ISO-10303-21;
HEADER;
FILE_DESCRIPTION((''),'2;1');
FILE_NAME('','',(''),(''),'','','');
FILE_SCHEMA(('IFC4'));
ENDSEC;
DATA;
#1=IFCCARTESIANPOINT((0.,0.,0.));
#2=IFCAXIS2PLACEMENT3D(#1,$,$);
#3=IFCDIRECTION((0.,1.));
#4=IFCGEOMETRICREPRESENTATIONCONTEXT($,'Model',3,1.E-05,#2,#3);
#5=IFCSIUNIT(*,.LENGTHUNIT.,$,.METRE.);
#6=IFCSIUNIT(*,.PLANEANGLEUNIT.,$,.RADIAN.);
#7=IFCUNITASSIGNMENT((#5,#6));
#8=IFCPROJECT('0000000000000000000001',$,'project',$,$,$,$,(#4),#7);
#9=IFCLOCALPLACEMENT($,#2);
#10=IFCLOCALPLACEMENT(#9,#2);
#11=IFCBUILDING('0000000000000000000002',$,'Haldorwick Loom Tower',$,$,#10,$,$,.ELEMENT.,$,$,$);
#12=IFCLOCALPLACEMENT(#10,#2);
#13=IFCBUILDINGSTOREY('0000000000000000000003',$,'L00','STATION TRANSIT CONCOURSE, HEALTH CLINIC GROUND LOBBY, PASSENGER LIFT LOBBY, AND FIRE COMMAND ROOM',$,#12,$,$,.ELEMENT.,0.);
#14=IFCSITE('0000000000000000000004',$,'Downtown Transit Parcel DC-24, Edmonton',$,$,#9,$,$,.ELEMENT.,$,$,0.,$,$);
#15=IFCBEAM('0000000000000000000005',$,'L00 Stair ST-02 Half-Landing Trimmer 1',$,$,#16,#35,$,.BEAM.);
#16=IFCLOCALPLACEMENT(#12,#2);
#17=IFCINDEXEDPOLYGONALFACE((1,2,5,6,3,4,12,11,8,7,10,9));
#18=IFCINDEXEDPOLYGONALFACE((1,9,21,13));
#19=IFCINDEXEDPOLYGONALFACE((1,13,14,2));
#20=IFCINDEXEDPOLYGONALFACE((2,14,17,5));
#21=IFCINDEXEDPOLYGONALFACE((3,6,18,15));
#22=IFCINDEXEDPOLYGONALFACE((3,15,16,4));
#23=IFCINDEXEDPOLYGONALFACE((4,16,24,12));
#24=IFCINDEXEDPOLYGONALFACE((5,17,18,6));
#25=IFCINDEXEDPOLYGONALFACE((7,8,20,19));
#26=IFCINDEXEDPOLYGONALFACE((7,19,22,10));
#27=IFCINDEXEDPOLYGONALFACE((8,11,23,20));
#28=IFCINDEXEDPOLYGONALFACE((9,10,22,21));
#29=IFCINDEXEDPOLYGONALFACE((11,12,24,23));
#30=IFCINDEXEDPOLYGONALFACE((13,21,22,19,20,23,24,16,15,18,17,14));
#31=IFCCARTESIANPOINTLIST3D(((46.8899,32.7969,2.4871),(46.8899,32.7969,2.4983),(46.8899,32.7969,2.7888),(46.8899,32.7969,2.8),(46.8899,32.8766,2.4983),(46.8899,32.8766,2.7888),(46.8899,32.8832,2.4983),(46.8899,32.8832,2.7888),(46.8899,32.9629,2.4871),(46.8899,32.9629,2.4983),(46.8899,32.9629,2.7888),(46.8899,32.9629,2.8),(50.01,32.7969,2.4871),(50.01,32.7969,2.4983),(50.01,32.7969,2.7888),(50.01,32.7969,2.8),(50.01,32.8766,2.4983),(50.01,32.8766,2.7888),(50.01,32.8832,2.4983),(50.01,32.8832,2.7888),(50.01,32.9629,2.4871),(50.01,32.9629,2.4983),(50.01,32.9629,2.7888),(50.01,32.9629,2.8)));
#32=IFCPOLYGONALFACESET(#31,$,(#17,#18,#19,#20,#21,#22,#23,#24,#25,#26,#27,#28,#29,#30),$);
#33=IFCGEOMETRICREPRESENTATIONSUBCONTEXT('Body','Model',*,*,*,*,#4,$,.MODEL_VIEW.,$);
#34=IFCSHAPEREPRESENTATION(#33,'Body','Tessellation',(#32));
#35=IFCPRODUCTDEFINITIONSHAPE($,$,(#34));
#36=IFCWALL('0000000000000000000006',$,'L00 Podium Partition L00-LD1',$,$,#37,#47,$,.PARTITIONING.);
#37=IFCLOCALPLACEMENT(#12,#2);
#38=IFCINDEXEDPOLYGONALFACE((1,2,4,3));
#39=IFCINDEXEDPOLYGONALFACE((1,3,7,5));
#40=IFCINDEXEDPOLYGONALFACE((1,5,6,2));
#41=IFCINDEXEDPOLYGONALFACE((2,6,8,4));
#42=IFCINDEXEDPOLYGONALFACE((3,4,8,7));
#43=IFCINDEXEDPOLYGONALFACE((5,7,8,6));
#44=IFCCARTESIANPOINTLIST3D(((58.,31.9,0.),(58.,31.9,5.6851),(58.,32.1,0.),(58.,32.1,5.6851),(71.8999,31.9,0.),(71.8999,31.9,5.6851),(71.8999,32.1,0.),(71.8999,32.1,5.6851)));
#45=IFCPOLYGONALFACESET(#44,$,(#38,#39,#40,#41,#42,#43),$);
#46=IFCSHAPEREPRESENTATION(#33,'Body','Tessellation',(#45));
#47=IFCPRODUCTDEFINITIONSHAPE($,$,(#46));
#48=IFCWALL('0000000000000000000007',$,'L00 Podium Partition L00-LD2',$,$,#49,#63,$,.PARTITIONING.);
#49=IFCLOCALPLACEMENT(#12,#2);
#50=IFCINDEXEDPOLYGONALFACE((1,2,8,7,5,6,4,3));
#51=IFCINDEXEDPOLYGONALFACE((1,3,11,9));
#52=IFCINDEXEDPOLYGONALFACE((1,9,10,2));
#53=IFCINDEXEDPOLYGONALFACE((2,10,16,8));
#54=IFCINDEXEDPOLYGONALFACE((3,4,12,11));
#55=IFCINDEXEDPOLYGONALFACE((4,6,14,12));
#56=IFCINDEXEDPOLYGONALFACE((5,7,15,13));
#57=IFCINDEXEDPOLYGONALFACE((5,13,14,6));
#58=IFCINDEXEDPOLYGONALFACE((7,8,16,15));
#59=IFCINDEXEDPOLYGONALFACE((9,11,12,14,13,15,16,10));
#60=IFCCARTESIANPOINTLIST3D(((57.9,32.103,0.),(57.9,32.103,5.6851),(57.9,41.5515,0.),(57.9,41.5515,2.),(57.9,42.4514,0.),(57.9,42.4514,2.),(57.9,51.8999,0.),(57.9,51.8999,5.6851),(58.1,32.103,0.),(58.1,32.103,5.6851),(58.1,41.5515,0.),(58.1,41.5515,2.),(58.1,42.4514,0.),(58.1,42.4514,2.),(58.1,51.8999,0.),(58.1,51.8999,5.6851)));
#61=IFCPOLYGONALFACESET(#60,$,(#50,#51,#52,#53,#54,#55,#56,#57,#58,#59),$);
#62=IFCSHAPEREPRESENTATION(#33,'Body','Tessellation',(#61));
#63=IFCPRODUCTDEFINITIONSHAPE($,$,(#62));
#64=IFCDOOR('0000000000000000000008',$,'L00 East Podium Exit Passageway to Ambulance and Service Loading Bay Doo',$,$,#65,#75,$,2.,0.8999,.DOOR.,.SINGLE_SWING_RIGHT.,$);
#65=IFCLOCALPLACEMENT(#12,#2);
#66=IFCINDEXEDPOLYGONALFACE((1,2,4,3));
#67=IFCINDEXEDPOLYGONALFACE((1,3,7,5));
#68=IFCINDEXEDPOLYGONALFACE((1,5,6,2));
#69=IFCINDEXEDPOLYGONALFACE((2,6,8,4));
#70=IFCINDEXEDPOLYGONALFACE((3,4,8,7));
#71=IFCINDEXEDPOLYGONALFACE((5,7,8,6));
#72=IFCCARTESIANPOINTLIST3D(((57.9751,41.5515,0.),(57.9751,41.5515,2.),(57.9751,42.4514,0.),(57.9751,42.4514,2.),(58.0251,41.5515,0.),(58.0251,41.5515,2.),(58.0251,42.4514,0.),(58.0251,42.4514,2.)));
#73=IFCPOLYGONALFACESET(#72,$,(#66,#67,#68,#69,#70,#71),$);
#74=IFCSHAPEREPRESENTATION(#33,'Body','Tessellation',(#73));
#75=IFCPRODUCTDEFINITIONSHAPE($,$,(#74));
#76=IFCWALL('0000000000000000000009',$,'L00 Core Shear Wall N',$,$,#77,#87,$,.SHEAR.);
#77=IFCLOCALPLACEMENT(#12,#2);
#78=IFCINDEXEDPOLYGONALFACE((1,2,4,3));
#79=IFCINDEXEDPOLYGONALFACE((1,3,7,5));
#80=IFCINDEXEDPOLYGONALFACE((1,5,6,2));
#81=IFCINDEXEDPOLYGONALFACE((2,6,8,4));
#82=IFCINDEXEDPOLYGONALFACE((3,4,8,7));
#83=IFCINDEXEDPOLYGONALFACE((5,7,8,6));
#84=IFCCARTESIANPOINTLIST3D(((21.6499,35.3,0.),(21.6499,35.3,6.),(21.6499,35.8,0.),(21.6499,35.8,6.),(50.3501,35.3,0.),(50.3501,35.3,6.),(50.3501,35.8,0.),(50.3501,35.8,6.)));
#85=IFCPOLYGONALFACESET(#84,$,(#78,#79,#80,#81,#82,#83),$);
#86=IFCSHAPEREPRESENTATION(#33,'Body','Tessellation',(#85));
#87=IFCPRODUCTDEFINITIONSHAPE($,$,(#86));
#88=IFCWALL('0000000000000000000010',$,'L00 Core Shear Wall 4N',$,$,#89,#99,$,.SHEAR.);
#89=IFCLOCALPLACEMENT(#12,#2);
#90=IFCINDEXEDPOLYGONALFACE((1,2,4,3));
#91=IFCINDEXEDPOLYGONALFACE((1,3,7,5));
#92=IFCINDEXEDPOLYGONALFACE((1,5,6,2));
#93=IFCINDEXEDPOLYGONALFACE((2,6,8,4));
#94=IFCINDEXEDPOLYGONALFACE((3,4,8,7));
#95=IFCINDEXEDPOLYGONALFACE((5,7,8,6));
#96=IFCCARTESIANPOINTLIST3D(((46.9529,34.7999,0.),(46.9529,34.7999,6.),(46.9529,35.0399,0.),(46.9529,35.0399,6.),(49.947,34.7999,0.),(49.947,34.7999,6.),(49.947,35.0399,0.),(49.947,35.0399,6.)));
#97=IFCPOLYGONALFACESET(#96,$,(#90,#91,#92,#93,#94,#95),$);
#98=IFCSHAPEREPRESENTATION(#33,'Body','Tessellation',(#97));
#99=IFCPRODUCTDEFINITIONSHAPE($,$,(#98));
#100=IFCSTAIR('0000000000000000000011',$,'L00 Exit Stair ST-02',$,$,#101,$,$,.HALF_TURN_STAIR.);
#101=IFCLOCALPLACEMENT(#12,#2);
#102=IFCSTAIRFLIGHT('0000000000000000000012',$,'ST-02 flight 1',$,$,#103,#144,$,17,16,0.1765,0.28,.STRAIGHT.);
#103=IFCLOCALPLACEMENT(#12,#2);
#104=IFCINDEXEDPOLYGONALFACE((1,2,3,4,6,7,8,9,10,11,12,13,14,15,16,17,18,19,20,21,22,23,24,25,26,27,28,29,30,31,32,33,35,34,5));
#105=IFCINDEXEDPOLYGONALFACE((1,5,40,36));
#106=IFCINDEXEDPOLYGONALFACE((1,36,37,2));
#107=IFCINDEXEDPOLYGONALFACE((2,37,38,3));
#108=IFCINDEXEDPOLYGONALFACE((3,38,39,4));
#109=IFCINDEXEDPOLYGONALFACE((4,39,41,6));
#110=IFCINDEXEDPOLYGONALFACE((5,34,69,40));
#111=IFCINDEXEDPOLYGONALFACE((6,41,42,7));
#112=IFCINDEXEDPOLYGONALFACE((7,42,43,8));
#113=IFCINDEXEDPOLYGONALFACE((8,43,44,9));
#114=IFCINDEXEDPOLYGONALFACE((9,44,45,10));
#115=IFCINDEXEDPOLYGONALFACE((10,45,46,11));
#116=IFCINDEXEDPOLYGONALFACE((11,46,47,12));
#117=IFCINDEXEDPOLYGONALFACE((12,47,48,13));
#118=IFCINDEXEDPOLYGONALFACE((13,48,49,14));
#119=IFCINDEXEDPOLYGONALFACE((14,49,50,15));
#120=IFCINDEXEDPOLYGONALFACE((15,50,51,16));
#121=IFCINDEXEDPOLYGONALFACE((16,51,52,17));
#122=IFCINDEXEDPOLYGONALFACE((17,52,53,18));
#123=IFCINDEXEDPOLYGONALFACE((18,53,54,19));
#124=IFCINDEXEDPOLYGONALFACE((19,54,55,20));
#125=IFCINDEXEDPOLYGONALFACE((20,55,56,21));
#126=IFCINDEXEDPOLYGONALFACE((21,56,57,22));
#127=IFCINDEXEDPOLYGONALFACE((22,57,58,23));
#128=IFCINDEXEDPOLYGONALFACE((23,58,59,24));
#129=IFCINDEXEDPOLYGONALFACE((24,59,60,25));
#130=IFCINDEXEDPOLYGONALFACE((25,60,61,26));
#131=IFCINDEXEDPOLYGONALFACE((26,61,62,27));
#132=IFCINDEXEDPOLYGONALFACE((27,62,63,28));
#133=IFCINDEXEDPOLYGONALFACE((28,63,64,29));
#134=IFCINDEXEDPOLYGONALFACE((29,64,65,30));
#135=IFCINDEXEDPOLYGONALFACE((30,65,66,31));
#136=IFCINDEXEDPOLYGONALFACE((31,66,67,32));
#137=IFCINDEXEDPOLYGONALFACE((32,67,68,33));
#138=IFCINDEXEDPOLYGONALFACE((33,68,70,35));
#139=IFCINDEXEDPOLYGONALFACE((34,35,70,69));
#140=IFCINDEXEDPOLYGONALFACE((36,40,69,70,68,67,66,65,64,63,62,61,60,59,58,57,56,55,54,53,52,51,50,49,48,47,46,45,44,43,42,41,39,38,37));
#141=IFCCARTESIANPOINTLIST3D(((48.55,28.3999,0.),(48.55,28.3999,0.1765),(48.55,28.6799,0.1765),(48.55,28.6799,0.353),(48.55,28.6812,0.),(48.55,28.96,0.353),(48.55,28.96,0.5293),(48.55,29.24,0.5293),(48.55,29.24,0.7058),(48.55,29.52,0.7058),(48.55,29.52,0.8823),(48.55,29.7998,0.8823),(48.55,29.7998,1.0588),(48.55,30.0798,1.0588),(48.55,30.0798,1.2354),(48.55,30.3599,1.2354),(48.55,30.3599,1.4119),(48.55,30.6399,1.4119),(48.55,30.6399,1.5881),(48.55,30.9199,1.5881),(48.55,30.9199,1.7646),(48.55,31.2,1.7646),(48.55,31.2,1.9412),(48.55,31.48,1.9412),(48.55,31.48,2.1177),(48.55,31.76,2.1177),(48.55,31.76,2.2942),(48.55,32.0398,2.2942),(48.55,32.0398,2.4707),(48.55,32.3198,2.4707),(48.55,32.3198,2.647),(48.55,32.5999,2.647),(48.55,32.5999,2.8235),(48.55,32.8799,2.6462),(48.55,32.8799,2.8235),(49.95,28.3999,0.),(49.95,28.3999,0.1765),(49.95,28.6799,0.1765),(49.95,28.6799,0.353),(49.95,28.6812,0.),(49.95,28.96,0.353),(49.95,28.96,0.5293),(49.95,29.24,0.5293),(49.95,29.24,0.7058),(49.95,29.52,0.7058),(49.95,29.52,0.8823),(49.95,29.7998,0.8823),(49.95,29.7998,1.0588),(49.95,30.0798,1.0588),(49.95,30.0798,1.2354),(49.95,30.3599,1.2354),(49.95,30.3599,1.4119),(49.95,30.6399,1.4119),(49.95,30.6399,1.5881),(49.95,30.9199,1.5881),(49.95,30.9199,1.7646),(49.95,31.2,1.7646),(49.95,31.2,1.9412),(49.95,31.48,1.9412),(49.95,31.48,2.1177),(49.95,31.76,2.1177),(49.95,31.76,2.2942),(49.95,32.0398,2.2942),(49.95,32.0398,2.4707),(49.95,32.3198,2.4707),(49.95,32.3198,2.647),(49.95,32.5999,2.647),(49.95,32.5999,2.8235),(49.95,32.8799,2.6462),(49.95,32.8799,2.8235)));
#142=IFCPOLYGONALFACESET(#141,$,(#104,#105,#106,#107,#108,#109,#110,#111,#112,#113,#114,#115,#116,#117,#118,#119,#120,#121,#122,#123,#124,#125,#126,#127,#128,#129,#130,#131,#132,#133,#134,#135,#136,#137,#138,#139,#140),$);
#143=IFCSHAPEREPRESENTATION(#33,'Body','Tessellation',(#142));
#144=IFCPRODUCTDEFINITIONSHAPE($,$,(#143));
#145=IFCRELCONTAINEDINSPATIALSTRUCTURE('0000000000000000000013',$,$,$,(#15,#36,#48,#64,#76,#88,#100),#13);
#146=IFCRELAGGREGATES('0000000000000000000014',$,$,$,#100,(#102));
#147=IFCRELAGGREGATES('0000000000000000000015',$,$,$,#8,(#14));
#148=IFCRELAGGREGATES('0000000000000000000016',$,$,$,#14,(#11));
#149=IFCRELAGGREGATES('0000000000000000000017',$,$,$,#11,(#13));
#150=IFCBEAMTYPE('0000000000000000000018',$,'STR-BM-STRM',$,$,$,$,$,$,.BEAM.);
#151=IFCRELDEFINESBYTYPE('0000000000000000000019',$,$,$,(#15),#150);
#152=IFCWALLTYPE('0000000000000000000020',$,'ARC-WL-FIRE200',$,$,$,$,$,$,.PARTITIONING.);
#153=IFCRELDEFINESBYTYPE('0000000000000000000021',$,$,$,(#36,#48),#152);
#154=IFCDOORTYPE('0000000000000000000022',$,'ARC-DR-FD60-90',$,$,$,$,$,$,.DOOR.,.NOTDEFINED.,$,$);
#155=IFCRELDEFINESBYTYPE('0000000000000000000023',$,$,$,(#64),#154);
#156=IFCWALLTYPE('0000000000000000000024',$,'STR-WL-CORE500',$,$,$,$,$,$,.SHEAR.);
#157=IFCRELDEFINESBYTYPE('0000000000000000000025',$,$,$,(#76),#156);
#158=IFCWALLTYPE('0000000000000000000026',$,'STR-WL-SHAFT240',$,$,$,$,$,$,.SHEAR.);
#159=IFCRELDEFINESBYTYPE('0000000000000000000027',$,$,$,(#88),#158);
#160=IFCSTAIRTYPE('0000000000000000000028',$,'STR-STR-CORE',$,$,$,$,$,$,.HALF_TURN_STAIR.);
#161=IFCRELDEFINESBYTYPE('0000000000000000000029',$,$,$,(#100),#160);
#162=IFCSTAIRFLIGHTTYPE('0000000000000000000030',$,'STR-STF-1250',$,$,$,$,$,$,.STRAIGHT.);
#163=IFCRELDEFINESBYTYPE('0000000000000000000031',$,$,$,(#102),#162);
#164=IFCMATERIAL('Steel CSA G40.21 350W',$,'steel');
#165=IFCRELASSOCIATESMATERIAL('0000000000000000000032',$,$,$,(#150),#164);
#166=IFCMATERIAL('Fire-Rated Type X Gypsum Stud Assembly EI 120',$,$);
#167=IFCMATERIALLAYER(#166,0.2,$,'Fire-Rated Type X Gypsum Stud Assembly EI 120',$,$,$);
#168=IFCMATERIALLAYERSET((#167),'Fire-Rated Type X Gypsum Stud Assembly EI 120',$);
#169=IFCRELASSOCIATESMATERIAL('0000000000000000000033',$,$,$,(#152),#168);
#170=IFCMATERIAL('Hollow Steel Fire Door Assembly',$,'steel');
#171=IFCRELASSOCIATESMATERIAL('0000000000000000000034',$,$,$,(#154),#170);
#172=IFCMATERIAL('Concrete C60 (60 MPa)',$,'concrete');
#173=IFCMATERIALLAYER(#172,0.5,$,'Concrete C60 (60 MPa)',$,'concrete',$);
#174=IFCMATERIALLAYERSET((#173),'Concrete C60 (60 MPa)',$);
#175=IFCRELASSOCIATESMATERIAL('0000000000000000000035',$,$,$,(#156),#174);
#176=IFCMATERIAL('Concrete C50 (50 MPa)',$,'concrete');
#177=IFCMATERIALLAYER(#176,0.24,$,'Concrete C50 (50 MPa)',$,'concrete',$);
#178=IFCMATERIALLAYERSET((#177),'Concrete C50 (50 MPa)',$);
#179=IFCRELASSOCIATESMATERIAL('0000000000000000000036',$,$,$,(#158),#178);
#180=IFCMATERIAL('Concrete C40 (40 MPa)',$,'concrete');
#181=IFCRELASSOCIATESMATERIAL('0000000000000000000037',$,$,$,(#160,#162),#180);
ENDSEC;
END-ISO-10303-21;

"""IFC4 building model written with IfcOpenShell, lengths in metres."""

from ifc_helpers import new_model, si_unit, direction, frame, frame_2d, origin, origin_2d, place, context, subcontext, project, spatial, polyline, rectangle, i_section, outline, extrude, material, layer, layer_set, material_profile, profile_set, type_object, element, fill, aggregate, save


model = new_model("IFC4")

# Units and contexts
model_context = context("Model", 3, precision=1e-05, world=origin(), true_north=direction((0.0, 1.0)))
body_context = subcontext(model_context, "Body", "Model", "MODEL_VIEW")
ifc_project = project(units=[si_unit("LENGTHUNIT", "METRE"), si_unit("PLANEANGLEUNIT", "RADIAN")], contexts=[model_context])

# Site, building, storey
site_placement = place(None, origin())
site = spatial("IfcSite", under=ifc_project, at=site_placement, Name="Downtown Transit Parcel DC-24, Edmonton", CompositionType="ELEMENT", RefElevation=0.0)
building_placement = place(site_placement, origin())
building = spatial("IfcBuilding", under=site, at=building_placement, Name="Haldorwick Loom Tower", CompositionType="ELEMENT")
storey_placement = place(building_placement, origin())
storey = spatial("IfcBuildingStorey", under=building, at=storey_placement, Name="L00", Description="STATION TRANSIT CONCOURSE, HEALTH CLINIC GROUND LOBBY, PASSENGER LIFT LOBBY, AND FIRE COMMAND ROOM", CompositionType="ELEMENT", Elevation=0.0)

# Beam
ifc_material_1 = material(Name="Steel CSA G40.21 350W", Category="steel")
ifc_material_profile_1 = material_profile(ifc_material_1, i_section(OverallWidth=0.166, OverallDepth=0.313, WebThickness=0.0066, FlangeThickness=0.0112, at=origin_2d()), Name="W310X45", Category="steel")
ifc_profile_set_1 = profile_set([ifc_material_profile_1], Name="Steel CSA G40.21 350W")
beam_type = type_object("IfcBeamType", Name="STR-BM-STRM", PredefinedType="BEAM", material=ifc_profile_set_1)
for number, where, z_axis, x_axis, name in (
    (1, (46.8899, 32.8799, 2.6436), (1.0, 0.0, 0.0), (0.0, 1.0, 0.0), "L00 Stair ST-02 Half-Landing Trimmer 1"),
):
    element("IfcBeam", number, at=place(storey_placement, frame(where, z_axis=z_axis, x_axis=x_axis)), inside=storey, type_object=beam_type, Name=name, PredefinedType="BEAM", context=body_context, shape_type="SweptSolid", body=[
        extrude(i_section(OverallWidth=0.166, OverallDepth=0.313, WebThickness=0.0066, FlangeThickness=0.0112, at=origin_2d()), origin(), (0.0, 0.0, 1.0), 3.1201),
    ])

# Wall
ifc_material_2 = material(Name="Fire-Rated Type X Gypsum Stud Assembly EI 120")
ifc_layer_1 = layer(ifc_material_2, 0.2, Name="Fire-Rated Type X Gypsum Stud Assembly EI 120")
ifc_layer_set_1 = layer_set([ifc_layer_1], Name="Fire-Rated Type X Gypsum Stud Assembly EI 120")
wall_type_1 = type_object("IfcWallType", Name="ARC-WL-FIRE200", PredefinedType="PARTITIONING", material=ifc_layer_set_1)
wall_1_placement = place(storey_placement, frame((58.0, 32.0, 0.0), z_axis=(0.0, 0.0, 1.0), x_axis=(1.0, 0.0, 0.0)))
element("IfcWall", 2, at=wall_1_placement, inside=storey, type_object=wall_type_1, Name="L00 Podium Partition L00-LD1", PredefinedType="PARTITIONING", context=body_context, shape_type="SweptSolid", body=[
    extrude(rectangle(XDim=13.8999, YDim=0.2, at=frame_2d((6.95, 0.0))), origin(), (0.0, 0.0, 1.0), 5.6851),
])

# Wall, opening, door
wall_2_placement = place(storey_placement, frame((58.0, 32.103, 0.0), z_axis=(0.0, 0.0, 1.0), x_axis=(0.0, 1.0, 0.0)))
wall_2 = element("IfcWall", 3, at=wall_2_placement, inside=storey, type_object=wall_type_1, Name="L00 Podium Partition L00-LD2", PredefinedType="PARTITIONING", context=body_context, shape_type="SweptSolid", body=[
    extrude(rectangle(XDim=19.7969, YDim=0.2, at=frame_2d((9.8984, 0.0))), origin(), (0.0, 0.0, 1.0), 5.6851),
])
opening_placement = place(wall_2_placement, frame((9.4485, 0.0, 0.0)))
opening = element("IfcOpeningElement", 4, at=opening_placement, cuts=wall_2, PredefinedType="OPENING", context=body_context, shape_type="SweptSolid", body=[
    extrude(rectangle(XDim=0.8999, YDim=2.0, at=frame_2d((0.45, 1.0))), frame((0.0, 0.1099, 0.0), z_axis=(0.0, -1.0, 0.0), x_axis=(1.0, 0.0, 0.0)), (0.0, 0.0, 1.0), 0.22),
])
ifc_material_3 = material(Name="Hollow Steel Fire Door Assembly", Category="steel")
door_type = type_object("IfcDoorType", Name="ARC-DR-FD60-90", OperationType="NOTDEFINED", PredefinedType="DOOR", material=ifc_material_3)
door_placement = place(opening_placement, origin())
door = element("IfcDoor", 5, at=door_placement, inside=storey, type_object=door_type, Name="L00 East Podium Exit Passageway to Ambulance and Service Loading Bay Doo", OperationType="SINGLE_SWING_RIGHT", OverallHeight=2.0, OverallWidth=0.8999, PredefinedType="DOOR", context=body_context, shape_type="SweptSolid", body=[
    extrude(rectangle(XDim=0.8999, YDim=2.0, at=frame_2d((0.45, 1.0))), frame((0.0, 0.0249, 0.0), z_axis=(0.0, -1.0, 0.0), x_axis=(1.0, 0.0, 0.0)), (0.0, 0.0, 1.0), 0.05),
])
fill(opening, door)

# Walls
ifc_material_4 = material(Name="Concrete C60 (60 MPa)", Category="concrete")
ifc_layer_2 = layer(ifc_material_4, 0.5, Name="Concrete C60 (60 MPa)", Category="concrete")
ifc_layer_set_2 = layer_set([ifc_layer_2], Name="Concrete C60 (60 MPa)")
wall_type_2 = type_object("IfcWallType", Name="STR-WL-CORE500", PredefinedType="SHEAR", material=ifc_layer_set_2)
wall_3_placement = place(storey_placement, frame((50.3501, 35.55, 0.0), z_axis=(0.0, 0.0, 1.0), x_axis=(-1.0, 0.0, 0.0)))
element("IfcWall", 6, at=wall_3_placement, inside=storey, type_object=wall_type_2, Name="L00 Core Shear Wall N", PredefinedType="SHEAR", context=body_context, shape_type="SweptSolid", body=[
    extrude(rectangle(XDim=28.7002, YDim=0.5, at=frame_2d((14.3501, 0.0))), origin(), (0.0, 0.0, 1.0), 6.0),
])
ifc_material_5 = material(Name="Concrete C50 (50 MPa)", Category="concrete")
ifc_layer_3 = layer(ifc_material_5, 0.24, Name="Concrete C50 (50 MPa)", Category="concrete")
ifc_layer_set_3 = layer_set([ifc_layer_3], Name="Concrete C50 (50 MPa)")
wall_type_3 = type_object("IfcWallType", Name="STR-WL-SHAFT240", PredefinedType="SHEAR", material=ifc_layer_set_3)
wall_4_placement = place(storey_placement, frame((46.9529, 34.9199, 0.0), z_axis=(0.0, 0.0, 1.0), x_axis=(1.0, 0.0, 0.0)))
element("IfcWall", 7, at=wall_4_placement, inside=storey, type_object=wall_type_3, Name="L00 Core Shear Wall 4N", PredefinedType="SHEAR", context=body_context, shape_type="SweptSolid", body=[
    extrude(rectangle(XDim=2.9941, YDim=0.24, at=frame_2d((1.4971, 0.0))), origin(), (0.0, 0.0, 1.0), 6.0),
])

# Stair, stair flight
ifc_material_6 = material(Name="Concrete C40 (40 MPa)", Category="concrete")
stair_type = type_object("IfcStairType", Name="STR-STR-CORE", PredefinedType="HALF_TURN_STAIR", material=ifc_material_6)
stair_placement = place(storey_placement, origin())
stair = element("IfcStair", 8, at=stair_placement, inside=storey, type_object=stair_type, Name="L00 Exit Stair ST-02", PredefinedType="HALF_TURN_STAIR")
stair_flight_type = type_object("IfcStairFlightType", Name="STR-STF-1250", PredefinedType="STRAIGHT", material=ifc_material_6)
stair_flight_1_placement = place(storey_placement, frame((49.25, 28.3999, 0.0), z_axis=(0.0, 0.0, 1.0), x_axis=(0.0, 1.0, 0.0)))
stair_flight_1 = element("IfcStairFlight", 9, at=stair_flight_1_placement, type_object=stair_flight_type, Name="ST-02 flight 1", NumberOfRisers=17, NumberOfTreads=16, PredefinedType="STRAIGHT", RiserHeight=0.1765, TreadLength=0.28, context=body_context, shape_type="SweptSolid", body=[
    extrude(outline(polyline([(0.0, 0.0), (0.0, 0.1765), (0.28, 0.1765), (0.28, 0.353), (0.5601, 0.353), (0.5601, 0.5293), (0.8401, 0.5293), (0.8401, 0.7058), (1.1201, 0.7058), (1.1201, 0.8823), (1.3999, 0.8823), (1.3999, 1.0588), (1.6799, 1.0588), (1.6799, 1.2354), (1.96, 1.2354), (1.96, 1.4119), (2.24, 1.4119), (2.24, 1.5881), (2.52, 1.5881), (2.52, 1.7646), (2.8, 1.7646), (2.8, 1.9412), (3.0801, 1.9412), (3.0801, 2.1177), (3.3601, 2.1177), (3.3601, 2.2942), (3.6399, 2.2942), (3.6399, 2.4707), (3.9199, 2.4707), (3.9199, 2.647), (4.2, 2.647), (4.2, 2.8235), (4.48, 2.8235), (4.48, 3.0), (4.48, 2.6462), (0.2812, 0.0), (0.0, 0.0)])), frame((0.0, 0.7, 0.0), z_axis=(0.0, -1.0, 0.0), x_axis=(1.0, 0.0, 0.0)), (0.0, 0.0, 1.0), 1.3999),
])
aggregate(stair, [stair_flight_1])

save(model, "model.ifc")
